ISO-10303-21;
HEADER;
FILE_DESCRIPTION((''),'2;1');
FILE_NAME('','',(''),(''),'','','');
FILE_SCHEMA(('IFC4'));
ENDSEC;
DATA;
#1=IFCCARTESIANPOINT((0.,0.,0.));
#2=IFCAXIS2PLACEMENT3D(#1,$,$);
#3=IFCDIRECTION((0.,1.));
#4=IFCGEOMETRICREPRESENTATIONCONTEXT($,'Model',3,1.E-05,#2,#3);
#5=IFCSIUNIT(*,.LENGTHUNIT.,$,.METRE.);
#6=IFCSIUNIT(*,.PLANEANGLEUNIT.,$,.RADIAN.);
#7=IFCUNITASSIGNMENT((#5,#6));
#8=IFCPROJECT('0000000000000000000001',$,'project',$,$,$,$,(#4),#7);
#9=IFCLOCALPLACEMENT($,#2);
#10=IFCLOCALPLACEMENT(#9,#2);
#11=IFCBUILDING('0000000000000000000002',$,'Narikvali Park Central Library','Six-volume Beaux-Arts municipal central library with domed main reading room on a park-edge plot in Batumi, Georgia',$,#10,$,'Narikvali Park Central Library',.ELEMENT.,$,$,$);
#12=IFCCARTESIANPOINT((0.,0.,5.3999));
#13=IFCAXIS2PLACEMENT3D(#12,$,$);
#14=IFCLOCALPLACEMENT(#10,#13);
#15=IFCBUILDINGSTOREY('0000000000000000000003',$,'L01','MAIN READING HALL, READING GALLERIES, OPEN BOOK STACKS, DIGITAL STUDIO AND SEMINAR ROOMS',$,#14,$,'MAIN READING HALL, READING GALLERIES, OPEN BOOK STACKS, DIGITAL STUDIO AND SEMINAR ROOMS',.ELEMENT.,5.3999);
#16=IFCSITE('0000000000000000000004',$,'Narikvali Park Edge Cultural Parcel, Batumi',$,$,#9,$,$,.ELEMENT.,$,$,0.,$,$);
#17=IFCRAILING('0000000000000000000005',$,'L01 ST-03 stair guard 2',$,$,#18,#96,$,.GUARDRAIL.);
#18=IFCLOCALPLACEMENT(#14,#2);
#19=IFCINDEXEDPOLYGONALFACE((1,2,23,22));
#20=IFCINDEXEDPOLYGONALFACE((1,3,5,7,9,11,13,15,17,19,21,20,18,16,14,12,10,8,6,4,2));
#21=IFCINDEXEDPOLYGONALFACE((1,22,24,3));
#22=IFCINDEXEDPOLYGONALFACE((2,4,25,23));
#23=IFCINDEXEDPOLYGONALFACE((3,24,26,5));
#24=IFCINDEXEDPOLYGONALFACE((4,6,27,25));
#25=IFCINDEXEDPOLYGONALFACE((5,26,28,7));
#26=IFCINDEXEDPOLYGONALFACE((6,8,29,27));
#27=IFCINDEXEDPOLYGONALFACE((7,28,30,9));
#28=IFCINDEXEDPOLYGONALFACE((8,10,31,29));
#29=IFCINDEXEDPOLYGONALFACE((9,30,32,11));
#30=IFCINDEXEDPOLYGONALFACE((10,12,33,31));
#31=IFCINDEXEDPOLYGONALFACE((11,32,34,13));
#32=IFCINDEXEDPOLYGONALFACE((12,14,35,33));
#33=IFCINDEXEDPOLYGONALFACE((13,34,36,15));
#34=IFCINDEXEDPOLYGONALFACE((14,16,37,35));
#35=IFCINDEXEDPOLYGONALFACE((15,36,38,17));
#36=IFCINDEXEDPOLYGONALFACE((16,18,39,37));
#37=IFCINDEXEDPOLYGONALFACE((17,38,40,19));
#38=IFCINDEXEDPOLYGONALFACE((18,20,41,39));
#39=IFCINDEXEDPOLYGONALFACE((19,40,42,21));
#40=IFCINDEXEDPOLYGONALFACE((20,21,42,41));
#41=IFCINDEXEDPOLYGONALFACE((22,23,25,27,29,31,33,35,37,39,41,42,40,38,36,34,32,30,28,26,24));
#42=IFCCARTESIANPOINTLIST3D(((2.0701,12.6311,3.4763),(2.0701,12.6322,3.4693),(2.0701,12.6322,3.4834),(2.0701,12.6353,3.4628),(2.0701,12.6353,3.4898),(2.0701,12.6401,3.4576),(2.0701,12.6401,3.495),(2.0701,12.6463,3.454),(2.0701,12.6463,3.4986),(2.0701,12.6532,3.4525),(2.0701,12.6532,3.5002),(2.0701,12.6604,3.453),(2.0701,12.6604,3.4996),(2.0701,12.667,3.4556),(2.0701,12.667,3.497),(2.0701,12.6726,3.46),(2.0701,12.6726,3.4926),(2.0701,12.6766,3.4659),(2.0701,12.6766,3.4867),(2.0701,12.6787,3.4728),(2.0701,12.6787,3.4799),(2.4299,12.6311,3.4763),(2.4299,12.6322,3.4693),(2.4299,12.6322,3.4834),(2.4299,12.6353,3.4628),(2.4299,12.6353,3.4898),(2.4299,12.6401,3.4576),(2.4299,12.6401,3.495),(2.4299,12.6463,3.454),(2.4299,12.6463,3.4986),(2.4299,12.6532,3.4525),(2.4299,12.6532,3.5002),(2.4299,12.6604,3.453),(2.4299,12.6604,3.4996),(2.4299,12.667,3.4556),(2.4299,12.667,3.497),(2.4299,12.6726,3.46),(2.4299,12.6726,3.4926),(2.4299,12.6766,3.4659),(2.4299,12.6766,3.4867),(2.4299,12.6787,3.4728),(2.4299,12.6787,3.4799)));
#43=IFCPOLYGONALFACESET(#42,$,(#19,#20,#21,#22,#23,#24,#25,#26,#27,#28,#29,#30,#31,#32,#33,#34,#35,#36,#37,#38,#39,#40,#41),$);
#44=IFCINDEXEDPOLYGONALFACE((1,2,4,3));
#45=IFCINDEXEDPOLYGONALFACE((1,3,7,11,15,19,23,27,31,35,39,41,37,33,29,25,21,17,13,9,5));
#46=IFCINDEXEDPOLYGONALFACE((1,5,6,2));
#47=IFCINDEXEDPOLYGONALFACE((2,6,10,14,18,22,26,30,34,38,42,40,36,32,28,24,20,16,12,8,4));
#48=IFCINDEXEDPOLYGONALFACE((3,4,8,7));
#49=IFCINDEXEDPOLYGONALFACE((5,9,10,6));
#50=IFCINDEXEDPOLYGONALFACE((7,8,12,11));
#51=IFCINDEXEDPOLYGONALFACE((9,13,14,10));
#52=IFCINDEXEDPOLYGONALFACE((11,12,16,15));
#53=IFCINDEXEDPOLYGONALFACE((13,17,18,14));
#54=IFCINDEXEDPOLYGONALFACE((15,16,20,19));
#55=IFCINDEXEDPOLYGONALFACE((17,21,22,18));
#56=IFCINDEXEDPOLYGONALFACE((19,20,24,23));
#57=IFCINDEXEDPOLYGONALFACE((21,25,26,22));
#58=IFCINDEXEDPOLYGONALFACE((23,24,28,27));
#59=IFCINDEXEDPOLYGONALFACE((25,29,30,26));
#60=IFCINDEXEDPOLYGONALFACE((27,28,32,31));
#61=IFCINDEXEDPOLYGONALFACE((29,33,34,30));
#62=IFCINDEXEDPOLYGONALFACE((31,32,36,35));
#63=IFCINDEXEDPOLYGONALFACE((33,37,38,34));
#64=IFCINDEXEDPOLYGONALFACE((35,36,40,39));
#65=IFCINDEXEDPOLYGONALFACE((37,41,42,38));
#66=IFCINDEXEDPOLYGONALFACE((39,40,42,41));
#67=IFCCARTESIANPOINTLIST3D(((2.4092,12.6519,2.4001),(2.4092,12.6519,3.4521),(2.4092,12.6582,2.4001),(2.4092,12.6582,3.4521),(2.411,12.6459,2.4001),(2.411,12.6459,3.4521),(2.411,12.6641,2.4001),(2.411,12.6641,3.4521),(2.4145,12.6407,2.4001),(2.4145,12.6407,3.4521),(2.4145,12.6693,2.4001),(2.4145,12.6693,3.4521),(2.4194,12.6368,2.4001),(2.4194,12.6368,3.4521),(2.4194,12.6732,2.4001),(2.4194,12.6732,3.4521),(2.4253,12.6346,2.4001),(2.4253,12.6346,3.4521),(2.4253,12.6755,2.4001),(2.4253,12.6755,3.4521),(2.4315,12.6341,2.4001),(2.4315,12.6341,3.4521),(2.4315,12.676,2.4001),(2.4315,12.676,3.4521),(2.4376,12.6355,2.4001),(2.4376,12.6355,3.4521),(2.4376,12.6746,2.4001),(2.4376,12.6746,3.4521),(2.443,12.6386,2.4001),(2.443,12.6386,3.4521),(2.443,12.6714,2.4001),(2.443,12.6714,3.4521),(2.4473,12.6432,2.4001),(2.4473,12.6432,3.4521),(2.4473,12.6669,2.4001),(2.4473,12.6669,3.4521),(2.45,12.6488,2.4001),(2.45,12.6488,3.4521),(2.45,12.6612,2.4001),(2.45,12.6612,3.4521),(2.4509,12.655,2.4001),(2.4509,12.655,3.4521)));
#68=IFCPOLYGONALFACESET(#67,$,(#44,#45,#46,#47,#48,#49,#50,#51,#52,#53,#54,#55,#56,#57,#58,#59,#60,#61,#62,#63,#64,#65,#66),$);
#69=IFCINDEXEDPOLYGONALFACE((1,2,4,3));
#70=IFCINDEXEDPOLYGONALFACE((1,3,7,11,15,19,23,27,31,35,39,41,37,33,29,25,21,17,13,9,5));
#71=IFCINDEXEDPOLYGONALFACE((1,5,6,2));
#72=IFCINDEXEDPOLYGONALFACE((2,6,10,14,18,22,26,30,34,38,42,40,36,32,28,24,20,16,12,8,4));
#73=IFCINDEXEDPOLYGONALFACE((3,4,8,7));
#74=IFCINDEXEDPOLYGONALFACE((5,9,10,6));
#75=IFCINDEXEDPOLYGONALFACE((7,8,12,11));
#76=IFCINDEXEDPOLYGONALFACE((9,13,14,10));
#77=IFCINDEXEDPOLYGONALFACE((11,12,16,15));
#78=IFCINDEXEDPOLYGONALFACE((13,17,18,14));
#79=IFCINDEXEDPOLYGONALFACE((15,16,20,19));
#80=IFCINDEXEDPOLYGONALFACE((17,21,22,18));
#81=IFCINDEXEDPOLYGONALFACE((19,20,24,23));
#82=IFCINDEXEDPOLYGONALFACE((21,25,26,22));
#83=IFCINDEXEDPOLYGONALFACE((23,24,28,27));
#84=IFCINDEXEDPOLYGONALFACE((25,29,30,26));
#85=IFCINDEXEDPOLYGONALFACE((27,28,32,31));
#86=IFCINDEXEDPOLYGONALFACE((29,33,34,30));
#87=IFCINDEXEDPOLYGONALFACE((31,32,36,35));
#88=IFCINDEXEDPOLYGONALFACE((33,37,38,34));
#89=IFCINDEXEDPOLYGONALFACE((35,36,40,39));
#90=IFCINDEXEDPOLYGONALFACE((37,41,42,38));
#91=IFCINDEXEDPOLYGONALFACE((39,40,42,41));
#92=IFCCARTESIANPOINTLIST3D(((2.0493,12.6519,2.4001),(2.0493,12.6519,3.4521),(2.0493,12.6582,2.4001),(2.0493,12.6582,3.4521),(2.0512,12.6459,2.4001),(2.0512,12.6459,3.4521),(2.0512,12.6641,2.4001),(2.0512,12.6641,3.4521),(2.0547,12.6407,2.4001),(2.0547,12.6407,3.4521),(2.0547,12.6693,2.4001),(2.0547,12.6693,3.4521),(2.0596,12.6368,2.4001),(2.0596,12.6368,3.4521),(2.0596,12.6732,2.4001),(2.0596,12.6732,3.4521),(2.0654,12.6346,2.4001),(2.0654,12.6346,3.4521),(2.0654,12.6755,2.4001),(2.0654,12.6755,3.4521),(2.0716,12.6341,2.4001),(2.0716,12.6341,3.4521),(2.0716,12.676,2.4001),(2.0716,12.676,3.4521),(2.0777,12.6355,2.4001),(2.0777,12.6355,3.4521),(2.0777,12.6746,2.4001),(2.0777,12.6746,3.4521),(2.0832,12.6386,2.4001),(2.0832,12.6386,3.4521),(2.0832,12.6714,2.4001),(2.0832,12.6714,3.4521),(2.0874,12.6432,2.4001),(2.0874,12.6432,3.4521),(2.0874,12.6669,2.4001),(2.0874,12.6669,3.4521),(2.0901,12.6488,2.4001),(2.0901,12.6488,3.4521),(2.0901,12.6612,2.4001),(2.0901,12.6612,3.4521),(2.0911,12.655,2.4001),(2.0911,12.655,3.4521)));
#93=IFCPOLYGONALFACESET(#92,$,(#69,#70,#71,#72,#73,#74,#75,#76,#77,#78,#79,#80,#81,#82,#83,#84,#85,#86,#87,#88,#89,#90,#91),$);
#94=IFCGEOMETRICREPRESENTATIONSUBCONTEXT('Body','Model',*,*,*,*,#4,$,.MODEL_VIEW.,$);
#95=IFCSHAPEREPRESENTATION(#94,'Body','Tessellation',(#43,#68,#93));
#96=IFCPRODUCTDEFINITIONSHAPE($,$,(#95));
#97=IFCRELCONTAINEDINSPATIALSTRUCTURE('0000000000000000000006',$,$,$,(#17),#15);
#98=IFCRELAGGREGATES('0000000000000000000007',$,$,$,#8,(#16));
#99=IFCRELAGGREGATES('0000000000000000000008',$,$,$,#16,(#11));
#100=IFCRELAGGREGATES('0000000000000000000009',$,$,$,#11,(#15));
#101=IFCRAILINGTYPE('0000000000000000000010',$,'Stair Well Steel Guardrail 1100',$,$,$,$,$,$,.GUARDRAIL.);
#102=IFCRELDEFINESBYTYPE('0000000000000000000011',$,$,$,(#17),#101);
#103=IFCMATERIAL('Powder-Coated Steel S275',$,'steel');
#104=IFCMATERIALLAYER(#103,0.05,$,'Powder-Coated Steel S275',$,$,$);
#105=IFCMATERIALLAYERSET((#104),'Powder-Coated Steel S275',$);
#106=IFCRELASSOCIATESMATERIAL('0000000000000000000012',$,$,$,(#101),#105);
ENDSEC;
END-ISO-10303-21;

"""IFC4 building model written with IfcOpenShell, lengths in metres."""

from ifc_helpers import new_model, si_unit, direction, frame, origin, origin_2d, place, context, subcontext, project, spatial, circle, extrude, material, layer, layer_set, type_object, element, save


model = new_model("IFC4")

# Units and contexts
model_context = context("Model", 3, precision=1e-05, world=origin(), true_north=direction((0.0, 1.0)))
body_context = subcontext(model_context, "Body", "Model", "MODEL_VIEW")
ifc_project = project(units=[si_unit("LENGTHUNIT", "METRE"), si_unit("PLANEANGLEUNIT", "RADIAN")], contexts=[model_context])

# Site, building, storey
site_placement = place(None, origin())
site = spatial("IfcSite", under=ifc_project, at=site_placement, Name="Narikvali Park Edge Cultural Parcel, Batumi", CompositionType="ELEMENT", RefElevation=0.0)
building_placement = place(site_placement, origin())
building = spatial("IfcBuilding", under=site, at=building_placement, Name="Narikvali Park Central Library", Description="Six-volume Beaux-Arts municipal central library with domed main reading room on a park-edge plot in Batumi, Georgia", LongName="Narikvali Park Central Library", CompositionType="ELEMENT")
storey_placement = place(building_placement, frame((0.0, 0.0, 5.3999)))
storey = spatial("IfcBuildingStorey", under=building, at=storey_placement, Name="L01", Description="MAIN READING HALL, READING GALLERIES, OPEN BOOK STACKS, DIGITAL STUDIO AND SEMINAR ROOMS", LongName="MAIN READING HALL, READING GALLERIES, OPEN BOOK STACKS, DIGITAL STUDIO AND SEMINAR ROOMS", CompositionType="ELEMENT", Elevation=5.3999)

# Railing
ifc_material_1 = material(Name="Powder-Coated Steel S275", Category="steel")
ifc_layer_1 = layer(ifc_material_1, 0.05, Name="Powder-Coated Steel S275")
ifc_layer_set_1 = layer_set([ifc_layer_1], Name="Powder-Coated Steel S275")
railing_type_1 = type_object("IfcRailingType", Name="Stair Well Steel Guardrail 1100", PredefinedType="GUARDRAIL", material=ifc_layer_set_1)
railing_1_placement = place(storey_placement, frame((2.4299, 12.655, 2.4001)))
element("IfcRailing", 1, at=railing_1_placement, inside=storey, type_object=railing_type_1, Name="L01 ST-03 stair guard 2", PredefinedType="GUARDRAIL", context=body_context, shape_type="SweptSolid", body=[
    extrude(circle(Radius=0.0239, at=origin_2d()), frame((0.0, 0.0, 1.0762), z_axis=(-1.0, 0.0, 0.0), x_axis=(0.0, -1.0, 0.0)), (0.0, 0.0, 1.0), 0.3599),
    extrude(circle(Radius=0.021, at=origin_2d()), origin(), (0.0, 0.0, 1.0), 1.052),
    extrude(circle(Radius=0.021, at=origin_2d()), frame((-0.3599, 0.0, 0.0)), (0.0, 0.0, 1.0), 1.052),
])

save(model, "model.ifc")
